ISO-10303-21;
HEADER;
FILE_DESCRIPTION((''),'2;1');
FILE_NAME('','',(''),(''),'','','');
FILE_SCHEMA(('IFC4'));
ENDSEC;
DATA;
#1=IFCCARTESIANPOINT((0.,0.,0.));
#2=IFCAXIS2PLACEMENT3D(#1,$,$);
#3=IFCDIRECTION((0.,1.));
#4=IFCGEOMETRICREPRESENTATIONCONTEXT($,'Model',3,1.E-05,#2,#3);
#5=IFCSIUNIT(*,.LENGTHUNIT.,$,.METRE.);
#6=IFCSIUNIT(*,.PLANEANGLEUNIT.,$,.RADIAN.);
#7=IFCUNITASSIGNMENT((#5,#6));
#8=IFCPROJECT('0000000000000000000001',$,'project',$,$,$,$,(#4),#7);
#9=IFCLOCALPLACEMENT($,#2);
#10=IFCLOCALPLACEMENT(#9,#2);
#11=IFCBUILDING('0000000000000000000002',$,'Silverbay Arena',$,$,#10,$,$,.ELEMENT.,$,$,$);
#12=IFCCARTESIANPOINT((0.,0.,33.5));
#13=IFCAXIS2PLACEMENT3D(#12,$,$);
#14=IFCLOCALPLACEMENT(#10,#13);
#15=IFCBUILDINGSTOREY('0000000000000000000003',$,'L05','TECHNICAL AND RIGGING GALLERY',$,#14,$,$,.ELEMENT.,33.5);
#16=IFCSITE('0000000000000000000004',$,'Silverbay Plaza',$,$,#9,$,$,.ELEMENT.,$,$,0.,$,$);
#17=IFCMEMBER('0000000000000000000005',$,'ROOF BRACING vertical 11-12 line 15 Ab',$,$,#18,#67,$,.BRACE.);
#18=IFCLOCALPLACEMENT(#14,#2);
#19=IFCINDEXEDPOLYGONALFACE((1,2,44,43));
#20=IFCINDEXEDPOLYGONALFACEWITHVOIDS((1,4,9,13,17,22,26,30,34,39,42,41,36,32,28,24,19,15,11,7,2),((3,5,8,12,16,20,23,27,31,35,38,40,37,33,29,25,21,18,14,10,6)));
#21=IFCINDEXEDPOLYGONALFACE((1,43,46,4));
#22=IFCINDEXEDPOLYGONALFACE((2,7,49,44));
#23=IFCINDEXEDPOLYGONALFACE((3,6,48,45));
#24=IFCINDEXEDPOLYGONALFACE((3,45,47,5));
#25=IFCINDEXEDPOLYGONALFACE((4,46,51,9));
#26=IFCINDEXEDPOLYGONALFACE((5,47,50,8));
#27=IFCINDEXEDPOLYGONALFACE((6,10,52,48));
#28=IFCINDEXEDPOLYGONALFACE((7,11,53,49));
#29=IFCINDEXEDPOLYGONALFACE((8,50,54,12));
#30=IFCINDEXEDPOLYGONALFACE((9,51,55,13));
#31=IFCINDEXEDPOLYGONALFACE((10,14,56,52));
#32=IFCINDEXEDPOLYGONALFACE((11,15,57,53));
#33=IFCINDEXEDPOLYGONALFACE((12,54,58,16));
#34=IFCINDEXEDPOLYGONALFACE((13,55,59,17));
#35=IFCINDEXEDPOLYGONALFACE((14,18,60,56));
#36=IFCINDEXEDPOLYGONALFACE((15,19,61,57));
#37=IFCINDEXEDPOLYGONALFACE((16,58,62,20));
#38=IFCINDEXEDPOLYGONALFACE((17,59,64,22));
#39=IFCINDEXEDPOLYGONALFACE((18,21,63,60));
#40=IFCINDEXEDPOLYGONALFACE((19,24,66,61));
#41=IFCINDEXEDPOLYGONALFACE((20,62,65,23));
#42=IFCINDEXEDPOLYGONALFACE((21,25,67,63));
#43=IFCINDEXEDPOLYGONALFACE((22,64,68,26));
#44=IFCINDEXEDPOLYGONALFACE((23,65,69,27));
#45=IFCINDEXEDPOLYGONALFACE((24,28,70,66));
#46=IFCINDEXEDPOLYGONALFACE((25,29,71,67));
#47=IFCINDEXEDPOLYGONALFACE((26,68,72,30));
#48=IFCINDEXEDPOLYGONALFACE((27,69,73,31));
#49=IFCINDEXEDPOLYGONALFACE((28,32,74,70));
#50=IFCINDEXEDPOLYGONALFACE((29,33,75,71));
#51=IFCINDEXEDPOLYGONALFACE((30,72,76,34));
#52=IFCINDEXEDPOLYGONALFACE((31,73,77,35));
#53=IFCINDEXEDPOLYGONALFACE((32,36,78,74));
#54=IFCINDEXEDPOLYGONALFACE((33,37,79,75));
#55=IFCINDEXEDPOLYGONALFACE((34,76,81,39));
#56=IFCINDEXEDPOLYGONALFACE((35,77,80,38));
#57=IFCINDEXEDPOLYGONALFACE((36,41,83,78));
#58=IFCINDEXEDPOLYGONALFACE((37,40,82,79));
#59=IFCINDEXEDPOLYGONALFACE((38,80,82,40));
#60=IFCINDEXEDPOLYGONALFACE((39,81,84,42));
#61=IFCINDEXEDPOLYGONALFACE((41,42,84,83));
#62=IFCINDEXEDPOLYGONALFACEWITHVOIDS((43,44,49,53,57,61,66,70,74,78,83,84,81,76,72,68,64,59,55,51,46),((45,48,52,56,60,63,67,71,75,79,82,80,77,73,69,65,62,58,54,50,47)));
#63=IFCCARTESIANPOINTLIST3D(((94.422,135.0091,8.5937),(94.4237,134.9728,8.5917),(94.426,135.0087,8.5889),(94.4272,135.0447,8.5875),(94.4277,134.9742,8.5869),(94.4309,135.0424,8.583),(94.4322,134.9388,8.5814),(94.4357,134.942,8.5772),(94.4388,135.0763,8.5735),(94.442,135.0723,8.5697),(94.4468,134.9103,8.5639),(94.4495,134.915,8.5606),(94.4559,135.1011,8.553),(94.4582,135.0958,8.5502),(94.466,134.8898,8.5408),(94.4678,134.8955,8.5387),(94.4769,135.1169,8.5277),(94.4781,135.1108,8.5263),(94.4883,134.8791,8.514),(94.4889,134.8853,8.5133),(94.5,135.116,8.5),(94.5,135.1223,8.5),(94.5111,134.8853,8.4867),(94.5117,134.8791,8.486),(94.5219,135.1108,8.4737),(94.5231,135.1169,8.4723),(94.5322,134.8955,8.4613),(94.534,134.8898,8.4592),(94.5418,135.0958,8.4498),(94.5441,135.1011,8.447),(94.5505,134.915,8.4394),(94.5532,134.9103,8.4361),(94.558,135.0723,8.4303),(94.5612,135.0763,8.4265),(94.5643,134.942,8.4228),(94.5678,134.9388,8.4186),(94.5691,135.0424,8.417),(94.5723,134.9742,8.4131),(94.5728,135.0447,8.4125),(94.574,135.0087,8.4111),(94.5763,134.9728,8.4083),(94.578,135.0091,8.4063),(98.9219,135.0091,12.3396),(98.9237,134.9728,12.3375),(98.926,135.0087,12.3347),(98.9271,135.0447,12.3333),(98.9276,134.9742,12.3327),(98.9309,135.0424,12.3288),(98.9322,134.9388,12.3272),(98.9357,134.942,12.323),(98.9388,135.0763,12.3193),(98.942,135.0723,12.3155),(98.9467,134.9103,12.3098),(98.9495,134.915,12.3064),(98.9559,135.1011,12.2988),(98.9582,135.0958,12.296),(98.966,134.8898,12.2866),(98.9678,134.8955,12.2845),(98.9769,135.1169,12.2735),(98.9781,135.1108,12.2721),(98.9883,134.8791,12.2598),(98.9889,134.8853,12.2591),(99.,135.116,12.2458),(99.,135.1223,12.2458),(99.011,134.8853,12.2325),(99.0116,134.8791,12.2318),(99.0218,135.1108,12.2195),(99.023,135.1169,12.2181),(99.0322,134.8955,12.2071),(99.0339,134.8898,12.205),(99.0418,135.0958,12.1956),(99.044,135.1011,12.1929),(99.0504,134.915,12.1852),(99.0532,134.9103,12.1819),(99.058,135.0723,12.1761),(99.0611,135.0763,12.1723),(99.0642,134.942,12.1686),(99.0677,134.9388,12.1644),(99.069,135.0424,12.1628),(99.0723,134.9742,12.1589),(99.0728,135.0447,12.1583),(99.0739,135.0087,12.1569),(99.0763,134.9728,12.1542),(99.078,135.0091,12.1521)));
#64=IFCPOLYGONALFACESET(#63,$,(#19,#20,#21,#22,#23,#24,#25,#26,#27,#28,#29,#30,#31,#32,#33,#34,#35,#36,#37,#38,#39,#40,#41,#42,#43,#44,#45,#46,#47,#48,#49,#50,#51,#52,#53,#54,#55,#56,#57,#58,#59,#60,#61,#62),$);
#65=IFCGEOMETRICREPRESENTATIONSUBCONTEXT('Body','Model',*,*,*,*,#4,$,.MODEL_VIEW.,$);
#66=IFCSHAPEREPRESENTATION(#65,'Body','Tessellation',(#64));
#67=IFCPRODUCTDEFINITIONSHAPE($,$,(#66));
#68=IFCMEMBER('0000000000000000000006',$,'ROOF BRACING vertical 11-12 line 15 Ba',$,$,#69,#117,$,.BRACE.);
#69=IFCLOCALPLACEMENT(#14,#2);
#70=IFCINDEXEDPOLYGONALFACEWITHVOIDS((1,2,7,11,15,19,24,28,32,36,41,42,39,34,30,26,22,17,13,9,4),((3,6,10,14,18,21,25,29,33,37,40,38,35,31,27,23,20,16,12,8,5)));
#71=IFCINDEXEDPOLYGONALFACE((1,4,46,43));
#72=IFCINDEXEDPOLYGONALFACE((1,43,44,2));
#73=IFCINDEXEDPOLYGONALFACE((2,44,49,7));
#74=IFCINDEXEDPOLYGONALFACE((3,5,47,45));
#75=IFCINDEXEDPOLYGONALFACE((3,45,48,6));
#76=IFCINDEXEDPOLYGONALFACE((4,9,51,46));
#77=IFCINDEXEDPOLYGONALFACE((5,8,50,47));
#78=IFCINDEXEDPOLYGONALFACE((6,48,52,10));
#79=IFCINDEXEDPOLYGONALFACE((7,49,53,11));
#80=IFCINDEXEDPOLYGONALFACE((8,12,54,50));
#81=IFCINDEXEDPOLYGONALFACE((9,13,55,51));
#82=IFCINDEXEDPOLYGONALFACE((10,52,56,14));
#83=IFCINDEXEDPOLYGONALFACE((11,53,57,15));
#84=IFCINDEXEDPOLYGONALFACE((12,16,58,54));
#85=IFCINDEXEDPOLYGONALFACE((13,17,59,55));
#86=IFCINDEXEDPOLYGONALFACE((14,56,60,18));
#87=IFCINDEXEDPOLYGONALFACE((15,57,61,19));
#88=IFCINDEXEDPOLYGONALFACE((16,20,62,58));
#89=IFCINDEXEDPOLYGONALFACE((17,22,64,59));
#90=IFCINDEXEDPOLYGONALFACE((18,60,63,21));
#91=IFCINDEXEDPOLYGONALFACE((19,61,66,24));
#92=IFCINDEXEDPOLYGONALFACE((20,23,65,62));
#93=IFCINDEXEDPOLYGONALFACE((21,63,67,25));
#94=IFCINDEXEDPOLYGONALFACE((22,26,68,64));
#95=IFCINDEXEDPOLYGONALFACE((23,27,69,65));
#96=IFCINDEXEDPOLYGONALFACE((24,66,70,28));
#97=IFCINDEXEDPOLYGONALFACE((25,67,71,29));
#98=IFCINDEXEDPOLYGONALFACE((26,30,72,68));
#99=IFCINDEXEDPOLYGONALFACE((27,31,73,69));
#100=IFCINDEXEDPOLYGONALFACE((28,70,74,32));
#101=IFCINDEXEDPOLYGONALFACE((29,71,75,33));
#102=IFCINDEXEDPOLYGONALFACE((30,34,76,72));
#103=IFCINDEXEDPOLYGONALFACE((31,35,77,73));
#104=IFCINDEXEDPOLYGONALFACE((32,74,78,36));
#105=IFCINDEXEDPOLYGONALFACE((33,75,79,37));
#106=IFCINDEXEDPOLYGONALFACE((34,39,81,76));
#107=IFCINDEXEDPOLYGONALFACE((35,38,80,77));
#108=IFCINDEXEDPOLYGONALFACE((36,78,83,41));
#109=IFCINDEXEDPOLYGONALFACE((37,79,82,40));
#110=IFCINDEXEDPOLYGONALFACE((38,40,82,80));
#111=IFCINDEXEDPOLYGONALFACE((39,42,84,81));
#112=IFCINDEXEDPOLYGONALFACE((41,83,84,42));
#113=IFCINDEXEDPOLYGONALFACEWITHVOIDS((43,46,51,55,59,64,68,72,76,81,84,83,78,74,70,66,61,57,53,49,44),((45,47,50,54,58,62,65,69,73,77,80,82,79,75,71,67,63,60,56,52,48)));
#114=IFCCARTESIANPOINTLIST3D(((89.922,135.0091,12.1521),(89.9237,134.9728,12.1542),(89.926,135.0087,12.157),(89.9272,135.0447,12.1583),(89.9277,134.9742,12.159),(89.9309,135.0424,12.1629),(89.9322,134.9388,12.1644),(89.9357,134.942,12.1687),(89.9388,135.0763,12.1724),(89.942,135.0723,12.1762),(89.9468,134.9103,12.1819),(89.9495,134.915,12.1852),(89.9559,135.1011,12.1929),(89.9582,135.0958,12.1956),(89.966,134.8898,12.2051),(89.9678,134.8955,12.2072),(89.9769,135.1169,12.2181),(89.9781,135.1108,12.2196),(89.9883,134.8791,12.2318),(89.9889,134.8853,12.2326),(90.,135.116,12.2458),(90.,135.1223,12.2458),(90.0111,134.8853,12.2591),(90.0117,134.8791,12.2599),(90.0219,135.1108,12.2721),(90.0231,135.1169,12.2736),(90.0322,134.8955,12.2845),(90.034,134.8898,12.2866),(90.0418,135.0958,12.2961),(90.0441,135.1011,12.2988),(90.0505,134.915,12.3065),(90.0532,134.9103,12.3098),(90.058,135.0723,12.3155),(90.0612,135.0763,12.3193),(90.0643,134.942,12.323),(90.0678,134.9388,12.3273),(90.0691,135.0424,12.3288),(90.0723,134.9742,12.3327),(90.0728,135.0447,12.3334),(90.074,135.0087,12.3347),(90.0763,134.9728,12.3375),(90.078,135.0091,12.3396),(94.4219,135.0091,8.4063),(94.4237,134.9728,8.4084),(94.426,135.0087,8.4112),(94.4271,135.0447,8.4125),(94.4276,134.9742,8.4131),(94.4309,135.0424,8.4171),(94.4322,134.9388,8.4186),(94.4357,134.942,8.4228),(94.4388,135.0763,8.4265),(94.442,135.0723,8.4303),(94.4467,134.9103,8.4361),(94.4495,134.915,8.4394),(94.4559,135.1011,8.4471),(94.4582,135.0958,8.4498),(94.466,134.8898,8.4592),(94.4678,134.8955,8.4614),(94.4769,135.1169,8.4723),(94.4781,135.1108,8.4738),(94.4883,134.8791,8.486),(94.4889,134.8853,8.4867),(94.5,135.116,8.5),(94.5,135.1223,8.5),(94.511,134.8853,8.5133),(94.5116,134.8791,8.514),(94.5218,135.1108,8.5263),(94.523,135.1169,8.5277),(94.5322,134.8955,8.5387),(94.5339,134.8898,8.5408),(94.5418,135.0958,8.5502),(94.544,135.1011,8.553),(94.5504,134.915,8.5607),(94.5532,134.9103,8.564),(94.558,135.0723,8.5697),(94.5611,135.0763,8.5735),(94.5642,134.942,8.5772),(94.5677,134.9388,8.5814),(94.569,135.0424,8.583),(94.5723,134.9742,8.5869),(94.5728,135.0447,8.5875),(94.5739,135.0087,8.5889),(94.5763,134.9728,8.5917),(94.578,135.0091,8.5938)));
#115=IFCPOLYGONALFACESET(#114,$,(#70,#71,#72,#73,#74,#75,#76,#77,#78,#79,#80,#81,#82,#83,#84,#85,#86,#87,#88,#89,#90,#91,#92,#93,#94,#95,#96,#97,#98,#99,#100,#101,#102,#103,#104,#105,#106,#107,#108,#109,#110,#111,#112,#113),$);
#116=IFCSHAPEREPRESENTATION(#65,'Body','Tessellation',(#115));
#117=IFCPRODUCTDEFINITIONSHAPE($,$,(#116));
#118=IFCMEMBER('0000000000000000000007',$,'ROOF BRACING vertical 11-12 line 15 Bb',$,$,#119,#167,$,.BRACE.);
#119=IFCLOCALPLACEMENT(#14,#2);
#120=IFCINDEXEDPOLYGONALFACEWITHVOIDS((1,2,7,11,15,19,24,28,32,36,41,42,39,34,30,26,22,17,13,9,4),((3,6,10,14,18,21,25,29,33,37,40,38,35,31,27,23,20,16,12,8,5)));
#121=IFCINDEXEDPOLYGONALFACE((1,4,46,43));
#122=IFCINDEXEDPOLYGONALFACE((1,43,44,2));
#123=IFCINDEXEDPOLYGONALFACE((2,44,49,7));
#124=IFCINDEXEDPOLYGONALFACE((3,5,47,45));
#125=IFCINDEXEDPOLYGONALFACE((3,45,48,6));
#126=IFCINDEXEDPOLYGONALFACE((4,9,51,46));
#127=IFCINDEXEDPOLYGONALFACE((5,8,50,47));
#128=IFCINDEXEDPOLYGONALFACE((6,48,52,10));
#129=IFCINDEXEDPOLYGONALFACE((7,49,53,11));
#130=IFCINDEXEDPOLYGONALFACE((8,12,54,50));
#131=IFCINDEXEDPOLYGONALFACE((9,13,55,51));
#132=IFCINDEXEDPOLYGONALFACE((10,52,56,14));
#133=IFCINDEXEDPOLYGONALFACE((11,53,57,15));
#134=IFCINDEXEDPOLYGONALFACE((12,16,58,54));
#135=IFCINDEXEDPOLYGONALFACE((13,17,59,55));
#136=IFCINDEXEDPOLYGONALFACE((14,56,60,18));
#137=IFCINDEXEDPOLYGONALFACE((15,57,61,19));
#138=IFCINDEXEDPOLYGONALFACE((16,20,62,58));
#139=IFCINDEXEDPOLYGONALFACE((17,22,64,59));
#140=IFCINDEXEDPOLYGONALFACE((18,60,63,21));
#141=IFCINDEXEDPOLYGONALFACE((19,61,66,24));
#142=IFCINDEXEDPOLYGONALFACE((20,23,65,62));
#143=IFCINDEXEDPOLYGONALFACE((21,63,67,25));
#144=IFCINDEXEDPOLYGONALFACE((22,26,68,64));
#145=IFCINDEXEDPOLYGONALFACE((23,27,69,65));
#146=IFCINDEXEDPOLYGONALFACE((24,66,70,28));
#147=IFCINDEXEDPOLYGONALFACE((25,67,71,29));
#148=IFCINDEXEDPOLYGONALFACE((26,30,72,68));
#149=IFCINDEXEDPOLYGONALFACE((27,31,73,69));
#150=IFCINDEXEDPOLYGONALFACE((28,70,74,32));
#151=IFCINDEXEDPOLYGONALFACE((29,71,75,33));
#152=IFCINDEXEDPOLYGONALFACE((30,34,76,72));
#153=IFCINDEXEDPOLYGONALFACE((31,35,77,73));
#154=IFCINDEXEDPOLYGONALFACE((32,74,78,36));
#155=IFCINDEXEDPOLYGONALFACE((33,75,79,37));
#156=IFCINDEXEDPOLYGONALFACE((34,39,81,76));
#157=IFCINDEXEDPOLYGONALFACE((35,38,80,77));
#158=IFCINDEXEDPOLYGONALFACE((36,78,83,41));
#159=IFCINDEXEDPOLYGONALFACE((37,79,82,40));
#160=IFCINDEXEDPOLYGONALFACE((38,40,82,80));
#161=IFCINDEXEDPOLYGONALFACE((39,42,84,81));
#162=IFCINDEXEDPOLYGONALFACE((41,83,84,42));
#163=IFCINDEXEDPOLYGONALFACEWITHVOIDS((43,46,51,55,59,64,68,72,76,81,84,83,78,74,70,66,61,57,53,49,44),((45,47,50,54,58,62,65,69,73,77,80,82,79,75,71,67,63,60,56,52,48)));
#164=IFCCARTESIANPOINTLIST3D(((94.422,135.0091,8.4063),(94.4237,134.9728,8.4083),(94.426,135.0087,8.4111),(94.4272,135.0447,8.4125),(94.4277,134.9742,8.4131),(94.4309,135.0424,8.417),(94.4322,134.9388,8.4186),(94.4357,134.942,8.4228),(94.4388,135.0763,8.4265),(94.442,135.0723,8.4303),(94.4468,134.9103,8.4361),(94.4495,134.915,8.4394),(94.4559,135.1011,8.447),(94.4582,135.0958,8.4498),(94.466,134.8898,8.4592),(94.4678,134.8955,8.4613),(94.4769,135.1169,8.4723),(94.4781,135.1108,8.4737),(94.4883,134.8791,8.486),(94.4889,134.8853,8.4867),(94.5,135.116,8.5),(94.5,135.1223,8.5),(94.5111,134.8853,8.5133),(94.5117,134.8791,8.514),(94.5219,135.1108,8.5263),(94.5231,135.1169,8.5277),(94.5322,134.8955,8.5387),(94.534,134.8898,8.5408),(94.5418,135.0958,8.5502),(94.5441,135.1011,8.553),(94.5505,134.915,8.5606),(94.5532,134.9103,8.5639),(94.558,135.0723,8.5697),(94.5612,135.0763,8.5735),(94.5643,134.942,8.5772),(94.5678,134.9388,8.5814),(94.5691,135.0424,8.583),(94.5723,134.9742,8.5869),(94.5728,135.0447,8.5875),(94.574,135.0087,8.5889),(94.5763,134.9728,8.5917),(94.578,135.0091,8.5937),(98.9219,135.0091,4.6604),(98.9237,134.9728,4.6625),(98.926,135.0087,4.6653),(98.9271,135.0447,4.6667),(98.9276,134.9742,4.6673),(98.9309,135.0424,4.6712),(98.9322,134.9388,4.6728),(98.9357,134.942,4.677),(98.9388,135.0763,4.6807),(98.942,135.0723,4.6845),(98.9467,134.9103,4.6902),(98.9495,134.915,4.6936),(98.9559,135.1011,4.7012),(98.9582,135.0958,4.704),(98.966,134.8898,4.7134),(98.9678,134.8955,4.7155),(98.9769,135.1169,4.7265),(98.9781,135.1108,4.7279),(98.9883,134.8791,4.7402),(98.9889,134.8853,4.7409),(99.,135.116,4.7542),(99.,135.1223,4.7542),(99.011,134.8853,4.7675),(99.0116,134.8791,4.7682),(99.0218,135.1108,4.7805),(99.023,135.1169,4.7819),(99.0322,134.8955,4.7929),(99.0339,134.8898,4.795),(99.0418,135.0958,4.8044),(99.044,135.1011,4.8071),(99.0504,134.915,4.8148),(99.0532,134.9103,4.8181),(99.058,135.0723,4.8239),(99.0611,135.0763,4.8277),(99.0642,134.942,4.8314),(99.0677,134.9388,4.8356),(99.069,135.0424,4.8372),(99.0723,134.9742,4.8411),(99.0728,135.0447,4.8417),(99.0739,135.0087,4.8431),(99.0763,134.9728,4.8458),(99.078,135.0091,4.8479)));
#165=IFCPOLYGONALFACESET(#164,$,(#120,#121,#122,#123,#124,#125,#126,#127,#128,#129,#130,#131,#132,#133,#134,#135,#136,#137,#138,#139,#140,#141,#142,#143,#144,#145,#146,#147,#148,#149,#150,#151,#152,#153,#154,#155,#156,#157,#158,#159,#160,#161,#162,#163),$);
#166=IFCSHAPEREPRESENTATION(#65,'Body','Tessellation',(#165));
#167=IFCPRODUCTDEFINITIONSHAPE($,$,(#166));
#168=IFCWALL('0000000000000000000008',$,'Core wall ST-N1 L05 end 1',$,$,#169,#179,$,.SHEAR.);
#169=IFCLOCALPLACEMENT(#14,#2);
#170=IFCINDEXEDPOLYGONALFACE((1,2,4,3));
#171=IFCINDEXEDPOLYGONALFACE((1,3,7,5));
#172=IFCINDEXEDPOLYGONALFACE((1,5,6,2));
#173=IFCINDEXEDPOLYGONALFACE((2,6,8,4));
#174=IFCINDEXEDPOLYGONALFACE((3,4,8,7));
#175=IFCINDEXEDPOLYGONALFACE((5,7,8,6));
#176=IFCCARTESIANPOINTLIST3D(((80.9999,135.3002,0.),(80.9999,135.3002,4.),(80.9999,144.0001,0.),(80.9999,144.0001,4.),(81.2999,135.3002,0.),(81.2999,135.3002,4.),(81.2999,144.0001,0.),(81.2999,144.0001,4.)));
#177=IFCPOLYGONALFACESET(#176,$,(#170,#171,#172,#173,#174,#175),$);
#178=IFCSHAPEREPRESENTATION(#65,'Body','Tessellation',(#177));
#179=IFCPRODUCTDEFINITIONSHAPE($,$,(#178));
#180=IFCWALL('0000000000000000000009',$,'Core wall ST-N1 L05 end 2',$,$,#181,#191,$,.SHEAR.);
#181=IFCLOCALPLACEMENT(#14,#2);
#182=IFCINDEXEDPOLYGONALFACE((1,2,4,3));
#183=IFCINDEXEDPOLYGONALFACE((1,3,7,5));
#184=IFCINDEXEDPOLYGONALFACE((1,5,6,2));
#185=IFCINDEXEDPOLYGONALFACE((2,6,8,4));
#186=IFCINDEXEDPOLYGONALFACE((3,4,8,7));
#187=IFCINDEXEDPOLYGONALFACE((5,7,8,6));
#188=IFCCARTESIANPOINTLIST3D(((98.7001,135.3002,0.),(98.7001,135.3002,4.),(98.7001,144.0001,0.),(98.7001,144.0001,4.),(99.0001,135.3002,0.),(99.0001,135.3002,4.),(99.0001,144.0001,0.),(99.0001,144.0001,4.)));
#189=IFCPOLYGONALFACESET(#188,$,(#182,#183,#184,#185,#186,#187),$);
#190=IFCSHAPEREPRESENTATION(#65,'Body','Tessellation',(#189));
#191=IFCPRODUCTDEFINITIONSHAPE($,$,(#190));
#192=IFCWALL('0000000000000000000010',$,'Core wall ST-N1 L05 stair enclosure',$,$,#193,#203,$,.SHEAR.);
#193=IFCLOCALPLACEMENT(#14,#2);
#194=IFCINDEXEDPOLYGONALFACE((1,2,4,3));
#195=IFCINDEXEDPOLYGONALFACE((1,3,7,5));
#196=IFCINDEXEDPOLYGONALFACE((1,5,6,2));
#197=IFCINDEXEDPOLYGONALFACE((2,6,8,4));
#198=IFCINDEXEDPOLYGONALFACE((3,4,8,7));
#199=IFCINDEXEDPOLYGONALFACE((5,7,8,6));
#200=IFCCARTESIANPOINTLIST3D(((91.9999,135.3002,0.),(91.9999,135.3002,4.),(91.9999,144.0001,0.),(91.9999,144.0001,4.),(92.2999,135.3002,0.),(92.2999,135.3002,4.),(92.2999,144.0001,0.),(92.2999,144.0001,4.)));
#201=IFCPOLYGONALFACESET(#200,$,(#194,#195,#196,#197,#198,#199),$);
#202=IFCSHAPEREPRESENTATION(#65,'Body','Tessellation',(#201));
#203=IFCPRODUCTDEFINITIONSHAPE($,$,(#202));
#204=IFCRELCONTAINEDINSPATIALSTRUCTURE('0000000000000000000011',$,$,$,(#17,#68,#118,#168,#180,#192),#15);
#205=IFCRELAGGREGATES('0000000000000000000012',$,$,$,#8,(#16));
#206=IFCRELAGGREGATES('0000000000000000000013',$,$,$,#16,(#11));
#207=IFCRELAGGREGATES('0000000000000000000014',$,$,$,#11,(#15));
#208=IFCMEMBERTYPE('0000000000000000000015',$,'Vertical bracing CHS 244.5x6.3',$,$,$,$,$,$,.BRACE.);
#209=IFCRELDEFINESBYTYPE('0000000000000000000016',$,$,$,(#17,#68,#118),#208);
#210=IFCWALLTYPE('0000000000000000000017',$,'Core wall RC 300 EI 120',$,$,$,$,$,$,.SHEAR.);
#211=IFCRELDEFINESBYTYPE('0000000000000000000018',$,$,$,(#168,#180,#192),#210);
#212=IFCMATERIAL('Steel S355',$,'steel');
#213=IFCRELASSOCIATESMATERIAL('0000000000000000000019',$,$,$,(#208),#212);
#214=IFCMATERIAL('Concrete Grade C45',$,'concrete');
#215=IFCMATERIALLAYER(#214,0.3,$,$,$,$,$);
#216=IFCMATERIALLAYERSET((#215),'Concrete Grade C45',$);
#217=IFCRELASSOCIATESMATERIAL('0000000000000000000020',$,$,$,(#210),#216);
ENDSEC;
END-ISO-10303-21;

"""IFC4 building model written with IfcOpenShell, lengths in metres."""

from ifc_helpers import new_model, si_unit, direction, frame, frame_2d, origin, origin_2d, place, context, subcontext, project, spatial, rectangle, hollow_circle, extrude, material, layer, layer_set, material_profile, profile_set, type_object, element, save


model = new_model("IFC4")

# Units and contexts
model_context = context("Model", 3, precision=1e-05, world=origin(), true_north=direction((0.0, 1.0)))
body_context = subcontext(model_context, "Body", "Model", "MODEL_VIEW")
ifc_project = project(units=[si_unit("LENGTHUNIT", "METRE"), si_unit("PLANEANGLEUNIT", "RADIAN")], contexts=[model_context])

# Site, building, storey
site_placement = place(None, origin())
site = spatial("IfcSite", under=ifc_project, at=site_placement, Name="Silverbay Plaza", CompositionType="ELEMENT", RefElevation=0.0)
building_placement = place(site_placement, origin())
building = spatial("IfcBuilding", under=site, at=building_placement, Name="Silverbay Arena", CompositionType="ELEMENT")
storey_placement = place(building_placement, frame((0.0, 0.0, 33.5)))
storey = spatial("IfcBuildingStorey", under=building, at=storey_placement, Name="L05", Description="TECHNICAL AND RIGGING GALLERY", CompositionType="ELEMENT", Elevation=33.5)

# Members
ifc_material_1 = material(Name="Steel S355", Category="steel")
ifc_material_profile_1 = material_profile(ifc_material_1, hollow_circle(Radius=0.1223, WallThickness=0.0063, at=origin_2d()), Name="CHS 244.5x6.3")
ifc_profile_set_1 = profile_set([ifc_material_profile_1], Name="Steel S355")
member_type_1 = type_object("IfcMemberType", Name="Vertical bracing CHS 244.5x6.3", PredefinedType="BRACE", material=ifc_profile_set_1)
for number, where, z_axis, x_axis, name in (
    (1, (94.5, 135.0, 8.5), (0.76857, 0.0, 0.639766), (0.0, 1.0, 0.0), "ROOF BRACING vertical 11-12 line 15 Ab"),
    (2, (90.0, 135.0, 12.2458), (0.76857, 0.0, -0.639766), (0.0, 1.0, 0.0), "ROOF BRACING vertical 11-12 line 15 Ba"),
    (3, (94.5, 135.0, 8.5), (0.76857, 0.0, -0.639766), (0.0, 1.0, 0.0), "ROOF BRACING vertical 11-12 line 15 Bb"),
):
    element("IfcMember", number, at=place(storey_placement, frame(where, z_axis=z_axis, x_axis=x_axis)), inside=storey, type_object=member_type_1, Name=name, PredefinedType="BRACE", context=body_context, shape_type="SweptSolid", body=[
        extrude(hollow_circle(Radius=0.1223, WallThickness=0.0063, at=origin_2d()), origin(), (0.0, 0.0, 1.0), 5.855),
    ])

# Walls
ifc_material_2 = material(Name="Concrete Grade C45", Category="concrete")
ifc_layer = layer(ifc_material_2, 0.3)
ifc_layer_set = layer_set([ifc_layer], Name="Concrete Grade C45")
wall_type = type_object("IfcWallType", Name="Core wall RC 300 EI 120", PredefinedType="SHEAR", material=ifc_layer_set)
for number, where, z_axis, x_axis, name in (
    (4, (81.1499, 135.3, 0.0), (0.0, 0.0, 1.0), (0.0, 1.0, 0.0), "Core wall ST-N1 L05 end 1"),
    (5, (98.8501, 135.3, 0.0), (0.0, 0.0, 1.0), (0.0, 1.0, 0.0), "Core wall ST-N1 L05 end 2"),
    (6, (92.1499, 135.3, 0.0), (0.0, 0.0, 1.0), (0.0, 1.0, 0.0), "Core wall ST-N1 L05 stair enclosure"),
):
    element("IfcWall", number, at=place(storey_placement, frame(where, z_axis=z_axis, x_axis=x_axis)), inside=storey, type_object=wall_type, Name=name, PredefinedType="SHEAR", context=body_context, shape_type="SweptSolid", body=[
        extrude(rectangle(XDim=8.7, YDim=0.3, at=frame_2d((4.3501, 0.0))), origin(), (0.0, 0.0, 1.0), 4.0),
    ])

save(model, "model.ifc")
